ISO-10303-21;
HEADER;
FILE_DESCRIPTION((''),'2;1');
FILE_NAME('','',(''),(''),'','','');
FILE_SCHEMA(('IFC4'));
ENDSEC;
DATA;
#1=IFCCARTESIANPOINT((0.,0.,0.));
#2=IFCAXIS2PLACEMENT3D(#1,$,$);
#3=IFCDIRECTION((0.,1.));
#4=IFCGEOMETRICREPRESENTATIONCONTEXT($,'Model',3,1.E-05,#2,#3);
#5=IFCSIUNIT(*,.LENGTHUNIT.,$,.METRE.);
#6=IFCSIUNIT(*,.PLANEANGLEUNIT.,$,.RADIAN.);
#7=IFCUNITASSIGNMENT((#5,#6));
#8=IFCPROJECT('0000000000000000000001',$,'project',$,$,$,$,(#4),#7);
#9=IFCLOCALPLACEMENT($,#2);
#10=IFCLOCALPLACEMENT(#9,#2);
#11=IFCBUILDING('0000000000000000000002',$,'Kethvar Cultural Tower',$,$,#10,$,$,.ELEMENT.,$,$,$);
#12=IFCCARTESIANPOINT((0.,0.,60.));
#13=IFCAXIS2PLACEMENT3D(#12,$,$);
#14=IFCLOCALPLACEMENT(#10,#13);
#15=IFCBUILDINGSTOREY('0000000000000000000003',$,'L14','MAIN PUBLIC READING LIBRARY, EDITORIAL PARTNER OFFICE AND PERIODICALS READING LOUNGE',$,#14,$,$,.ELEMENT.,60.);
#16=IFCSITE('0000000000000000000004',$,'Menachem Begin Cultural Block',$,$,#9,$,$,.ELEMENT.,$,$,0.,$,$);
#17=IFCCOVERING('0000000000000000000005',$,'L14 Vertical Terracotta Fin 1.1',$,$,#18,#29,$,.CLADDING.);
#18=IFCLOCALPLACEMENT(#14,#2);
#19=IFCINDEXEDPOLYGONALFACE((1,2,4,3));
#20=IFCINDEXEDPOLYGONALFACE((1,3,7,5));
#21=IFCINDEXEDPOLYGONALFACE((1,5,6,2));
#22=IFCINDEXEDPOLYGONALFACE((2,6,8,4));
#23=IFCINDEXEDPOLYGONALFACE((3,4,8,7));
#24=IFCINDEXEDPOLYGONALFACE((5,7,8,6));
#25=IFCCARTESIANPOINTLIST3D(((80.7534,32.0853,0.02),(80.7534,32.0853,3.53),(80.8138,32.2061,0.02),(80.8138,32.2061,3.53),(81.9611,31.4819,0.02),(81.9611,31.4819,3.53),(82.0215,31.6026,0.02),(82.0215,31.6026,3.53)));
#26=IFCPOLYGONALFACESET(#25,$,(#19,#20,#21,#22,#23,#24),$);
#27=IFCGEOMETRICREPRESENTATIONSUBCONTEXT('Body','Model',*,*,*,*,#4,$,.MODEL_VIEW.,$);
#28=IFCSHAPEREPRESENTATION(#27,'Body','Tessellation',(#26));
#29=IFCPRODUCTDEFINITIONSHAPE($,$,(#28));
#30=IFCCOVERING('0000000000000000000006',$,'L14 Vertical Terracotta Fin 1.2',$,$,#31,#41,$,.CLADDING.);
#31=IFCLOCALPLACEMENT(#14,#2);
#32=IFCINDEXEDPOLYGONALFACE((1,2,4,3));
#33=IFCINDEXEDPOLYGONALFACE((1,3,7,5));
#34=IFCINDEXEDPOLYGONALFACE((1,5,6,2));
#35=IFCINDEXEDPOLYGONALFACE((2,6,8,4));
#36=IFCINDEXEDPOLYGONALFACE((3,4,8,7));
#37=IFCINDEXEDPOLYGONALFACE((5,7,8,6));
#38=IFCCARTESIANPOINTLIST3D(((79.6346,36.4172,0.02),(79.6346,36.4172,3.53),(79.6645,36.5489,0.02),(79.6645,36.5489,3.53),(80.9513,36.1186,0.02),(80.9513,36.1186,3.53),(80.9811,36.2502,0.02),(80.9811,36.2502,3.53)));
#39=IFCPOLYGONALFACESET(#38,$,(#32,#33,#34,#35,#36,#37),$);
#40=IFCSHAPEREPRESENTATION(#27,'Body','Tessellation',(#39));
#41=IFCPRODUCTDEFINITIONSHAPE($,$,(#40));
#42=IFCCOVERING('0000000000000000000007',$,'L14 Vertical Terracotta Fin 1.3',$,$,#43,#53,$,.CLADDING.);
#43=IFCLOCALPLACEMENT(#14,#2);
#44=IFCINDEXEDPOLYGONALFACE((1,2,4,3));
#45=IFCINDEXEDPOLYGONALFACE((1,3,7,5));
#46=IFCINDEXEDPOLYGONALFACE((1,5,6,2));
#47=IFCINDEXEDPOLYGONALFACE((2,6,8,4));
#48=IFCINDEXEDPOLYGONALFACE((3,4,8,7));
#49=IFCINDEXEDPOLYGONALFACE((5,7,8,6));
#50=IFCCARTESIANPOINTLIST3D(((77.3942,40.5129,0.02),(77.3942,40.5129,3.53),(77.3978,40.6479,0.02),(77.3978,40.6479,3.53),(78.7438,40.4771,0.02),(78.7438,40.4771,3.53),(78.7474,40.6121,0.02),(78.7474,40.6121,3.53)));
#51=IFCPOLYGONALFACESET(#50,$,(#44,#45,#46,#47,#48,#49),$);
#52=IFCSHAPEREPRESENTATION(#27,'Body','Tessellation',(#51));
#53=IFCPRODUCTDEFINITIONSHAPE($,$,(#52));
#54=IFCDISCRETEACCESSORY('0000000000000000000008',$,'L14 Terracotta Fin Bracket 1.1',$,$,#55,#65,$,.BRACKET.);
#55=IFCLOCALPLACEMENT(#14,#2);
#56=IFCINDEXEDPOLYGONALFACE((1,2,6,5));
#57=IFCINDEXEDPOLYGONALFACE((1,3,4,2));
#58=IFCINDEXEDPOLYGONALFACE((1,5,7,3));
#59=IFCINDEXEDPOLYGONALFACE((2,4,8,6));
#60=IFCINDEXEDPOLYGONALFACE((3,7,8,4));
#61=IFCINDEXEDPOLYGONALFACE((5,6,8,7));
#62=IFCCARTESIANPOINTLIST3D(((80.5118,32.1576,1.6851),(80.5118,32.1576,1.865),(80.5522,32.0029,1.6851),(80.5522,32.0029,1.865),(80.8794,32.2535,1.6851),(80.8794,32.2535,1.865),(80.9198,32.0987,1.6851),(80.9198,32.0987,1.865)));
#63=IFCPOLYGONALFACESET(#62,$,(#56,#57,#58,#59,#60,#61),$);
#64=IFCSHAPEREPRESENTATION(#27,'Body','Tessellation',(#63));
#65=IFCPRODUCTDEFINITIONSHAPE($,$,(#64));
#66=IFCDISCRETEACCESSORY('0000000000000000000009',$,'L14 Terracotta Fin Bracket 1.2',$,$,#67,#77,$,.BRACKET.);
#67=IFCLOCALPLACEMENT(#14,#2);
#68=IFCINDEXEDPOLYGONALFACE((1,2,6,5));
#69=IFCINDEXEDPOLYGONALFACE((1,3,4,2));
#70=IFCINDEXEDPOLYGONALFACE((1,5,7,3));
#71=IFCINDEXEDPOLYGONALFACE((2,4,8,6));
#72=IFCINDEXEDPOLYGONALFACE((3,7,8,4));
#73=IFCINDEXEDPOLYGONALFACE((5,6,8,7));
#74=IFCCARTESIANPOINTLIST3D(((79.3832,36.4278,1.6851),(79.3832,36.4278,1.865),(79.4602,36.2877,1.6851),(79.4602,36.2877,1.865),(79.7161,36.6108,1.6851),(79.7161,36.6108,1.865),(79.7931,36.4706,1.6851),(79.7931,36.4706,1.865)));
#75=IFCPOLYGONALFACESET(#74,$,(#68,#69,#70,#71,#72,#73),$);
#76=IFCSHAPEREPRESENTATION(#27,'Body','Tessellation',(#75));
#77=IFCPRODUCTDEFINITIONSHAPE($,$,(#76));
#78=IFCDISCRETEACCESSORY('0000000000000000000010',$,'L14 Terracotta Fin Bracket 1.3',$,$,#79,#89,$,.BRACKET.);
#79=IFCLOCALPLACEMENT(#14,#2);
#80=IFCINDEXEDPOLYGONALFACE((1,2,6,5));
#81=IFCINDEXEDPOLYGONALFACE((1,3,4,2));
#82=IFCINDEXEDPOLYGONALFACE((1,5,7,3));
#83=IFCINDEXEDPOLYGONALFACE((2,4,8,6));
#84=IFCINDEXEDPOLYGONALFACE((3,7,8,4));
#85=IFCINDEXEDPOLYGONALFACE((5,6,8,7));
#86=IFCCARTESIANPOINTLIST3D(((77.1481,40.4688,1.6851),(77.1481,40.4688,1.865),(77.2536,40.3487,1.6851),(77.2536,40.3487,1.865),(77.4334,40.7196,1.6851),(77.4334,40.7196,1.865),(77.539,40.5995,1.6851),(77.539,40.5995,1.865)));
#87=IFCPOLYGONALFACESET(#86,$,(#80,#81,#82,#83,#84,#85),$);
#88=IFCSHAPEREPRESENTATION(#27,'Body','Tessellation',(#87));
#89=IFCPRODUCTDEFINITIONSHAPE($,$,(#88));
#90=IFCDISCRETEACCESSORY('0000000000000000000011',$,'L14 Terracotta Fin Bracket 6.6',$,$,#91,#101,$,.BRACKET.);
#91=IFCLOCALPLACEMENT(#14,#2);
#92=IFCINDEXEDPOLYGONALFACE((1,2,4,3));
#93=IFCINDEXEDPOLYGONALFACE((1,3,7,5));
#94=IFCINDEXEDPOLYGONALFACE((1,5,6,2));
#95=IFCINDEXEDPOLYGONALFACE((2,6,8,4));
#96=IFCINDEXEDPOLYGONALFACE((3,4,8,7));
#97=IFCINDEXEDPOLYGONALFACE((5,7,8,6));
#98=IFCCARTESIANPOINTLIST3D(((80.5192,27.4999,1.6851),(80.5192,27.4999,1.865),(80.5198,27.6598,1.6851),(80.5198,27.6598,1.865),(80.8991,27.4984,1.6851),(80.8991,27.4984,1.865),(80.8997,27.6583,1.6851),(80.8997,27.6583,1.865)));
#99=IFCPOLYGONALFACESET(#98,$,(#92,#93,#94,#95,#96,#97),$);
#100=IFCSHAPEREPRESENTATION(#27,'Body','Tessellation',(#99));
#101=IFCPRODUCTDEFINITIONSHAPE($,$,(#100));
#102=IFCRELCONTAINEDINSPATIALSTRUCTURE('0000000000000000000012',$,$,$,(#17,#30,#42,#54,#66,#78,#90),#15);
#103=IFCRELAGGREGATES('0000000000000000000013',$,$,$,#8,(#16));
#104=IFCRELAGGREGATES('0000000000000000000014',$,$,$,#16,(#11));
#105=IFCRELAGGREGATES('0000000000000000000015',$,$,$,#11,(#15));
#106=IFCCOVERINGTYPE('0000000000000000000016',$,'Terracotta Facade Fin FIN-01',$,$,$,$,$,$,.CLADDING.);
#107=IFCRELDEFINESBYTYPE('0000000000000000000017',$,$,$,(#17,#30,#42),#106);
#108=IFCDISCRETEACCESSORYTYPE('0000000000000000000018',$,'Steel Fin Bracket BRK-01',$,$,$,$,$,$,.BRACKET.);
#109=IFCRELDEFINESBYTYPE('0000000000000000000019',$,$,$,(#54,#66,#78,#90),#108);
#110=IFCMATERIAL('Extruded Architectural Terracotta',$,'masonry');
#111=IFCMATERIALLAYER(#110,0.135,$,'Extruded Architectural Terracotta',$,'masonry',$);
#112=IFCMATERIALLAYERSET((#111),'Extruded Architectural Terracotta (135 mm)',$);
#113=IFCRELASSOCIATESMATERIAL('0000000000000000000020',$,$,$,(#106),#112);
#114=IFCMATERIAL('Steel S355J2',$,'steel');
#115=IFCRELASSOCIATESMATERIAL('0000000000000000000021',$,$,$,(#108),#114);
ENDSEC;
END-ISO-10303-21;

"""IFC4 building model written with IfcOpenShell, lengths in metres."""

from ifc_helpers import new_model, si_unit, direction, frame, origin, origin_2d, place, context, subcontext, project, spatial, rectangle, extrude, source, transform, mapped, material, layer, layer_set, type_object, element, save


model = new_model("IFC4")

# Units and contexts
model_context = context("Model", 3, precision=1e-05, world=origin(), true_north=direction((0.0, 1.0)))
body_context = subcontext(model_context, "Body", "Model", "MODEL_VIEW")
ifc_project = project(units=[si_unit("LENGTHUNIT", "METRE"), si_unit("PLANEANGLEUNIT", "RADIAN")], contexts=[model_context])

# Site, building, storey
site_placement = place(None, origin())
site = spatial("IfcSite", under=ifc_project, at=site_placement, Name="Menachem Begin Cultural Block", CompositionType="ELEMENT", RefElevation=0.0)
building_placement = place(site_placement, origin())
building = spatial("IfcBuilding", under=site, at=building_placement, Name="Kethvar Cultural Tower", CompositionType="ELEMENT")
storey_placement = place(building_placement, frame((0.0, 0.0, 60.0)))
storey = spatial("IfcBuildingStorey", under=building, at=storey_placement, Name="L14", Description="MAIN PUBLIC READING LIBRARY, EDITORIAL PARTNER OFFICE AND PERIODICALS READING LOUNGE", CompositionType="ELEMENT", Elevation=60.0)

# Shared definitions
ifc_material_1 = material(Name="Steel S355J2", Category="steel")

# Coverings
ifc_material_2 = material(Name="Extruded Architectural Terracotta", Category="masonry")
ifc_layer_1 = layer(ifc_material_2, 0.135, Name="Extruded Architectural Terracotta", Category="masonry")
ifc_layer_set_1 = layer_set([ifc_layer_1], Name="Extruded Architectural Terracotta (135 mm)")
covering_type = type_object("IfcCoveringType", Name="Terracotta Facade Fin FIN-01", PredefinedType="CLADDING", material=ifc_layer_set_1)
shared_shape_1 = source(origin(), body_context, "Body", "SweptSolid", [
    extrude(rectangle(XDim=1.3501, YDim=0.135, at=origin_2d()), origin(), (0.0, 0.0, 1.0), 3.51),
])
for number, where, z_axis, x_axis, name in (
    (1, (81.3875, 31.844, 0.02), (0.0, 0.0, 1.0), (0.894545, -0.446979, 0.0), "L14 Vertical Terracotta Fin 1.1"),
    (2, (80.3079, 36.3337, 0.02), (0.0, 0.0, 1.0), (0.975227, -0.221208, 0.0), "L14 Vertical Terracotta Fin 1.2"),
    (3, (78.0708, 40.5625, 0.02), (0.0, 0.0, 1.0), (0.999648, -0.026526, 0.0), "L14 Vertical Terracotta Fin 1.3"),
):
    element("IfcCovering", number, at=place(storey_placement, frame(where, z_axis=z_axis, x_axis=x_axis)), inside=storey, type_object=covering_type, Name=name, PredefinedType="CLADDING", context=body_context, shape_type="MappedRepresentation", body=[
        mapped(shared_shape_1, transform((0.0, 0.0, 0.0), scale=1.0)),
    ])

# Discrete accessories
discrete_accessory_type = type_object("IfcDiscreteAccessoryType", Name="Steel Fin Bracket BRK-01", PredefinedType="BRACKET", material=ifc_material_1)
shared_shape_2 = source(origin(), body_context, "Body", "SweptSolid", [
    extrude(rectangle(XDim=0.3799, YDim=0.1599, at=origin_2d()), origin(), (0.0, 0.0, 1.0), 0.1799),
])
for number, where, z_axis, x_axis, name in (
    (4, (80.7158, 32.1282, 1.6851), (0.0, 0.0, 1.0), (0.967621, 0.252407, 0.0), "L14 Terracotta Fin Bracket 1.1"),
    (5, (79.5881, 36.4492, 1.6851), (0.0, 0.0, 1.0), (0.876391, 0.481601, 0.0), "L14 Terracotta Fin Bracket 1.2"),
    (6, (77.3435, 40.5342, 1.6851), (0.0, 0.0, 1.0), (0.751034, 0.660264, 0.0), "L14 Terracotta Fin Bracket 1.3"),
    (7, (80.7095, 27.5791, 1.6851), (0.0, 0.0, 1.0), (0.999993, -0.00384, 0.0), "L14 Terracotta Fin Bracket 6.6"),
):
    element("IfcDiscreteAccessory", number, at=place(storey_placement, frame(where, z_axis=z_axis, x_axis=x_axis)), inside=storey, type_object=discrete_accessory_type, Name=name, PredefinedType="BRACKET", context=body_context, shape_type="MappedRepresentation", body=[
        mapped(shared_shape_2, transform((0.0, 0.0, 0.0), scale=1.0)),
    ])

save(model, "model.ifc")
